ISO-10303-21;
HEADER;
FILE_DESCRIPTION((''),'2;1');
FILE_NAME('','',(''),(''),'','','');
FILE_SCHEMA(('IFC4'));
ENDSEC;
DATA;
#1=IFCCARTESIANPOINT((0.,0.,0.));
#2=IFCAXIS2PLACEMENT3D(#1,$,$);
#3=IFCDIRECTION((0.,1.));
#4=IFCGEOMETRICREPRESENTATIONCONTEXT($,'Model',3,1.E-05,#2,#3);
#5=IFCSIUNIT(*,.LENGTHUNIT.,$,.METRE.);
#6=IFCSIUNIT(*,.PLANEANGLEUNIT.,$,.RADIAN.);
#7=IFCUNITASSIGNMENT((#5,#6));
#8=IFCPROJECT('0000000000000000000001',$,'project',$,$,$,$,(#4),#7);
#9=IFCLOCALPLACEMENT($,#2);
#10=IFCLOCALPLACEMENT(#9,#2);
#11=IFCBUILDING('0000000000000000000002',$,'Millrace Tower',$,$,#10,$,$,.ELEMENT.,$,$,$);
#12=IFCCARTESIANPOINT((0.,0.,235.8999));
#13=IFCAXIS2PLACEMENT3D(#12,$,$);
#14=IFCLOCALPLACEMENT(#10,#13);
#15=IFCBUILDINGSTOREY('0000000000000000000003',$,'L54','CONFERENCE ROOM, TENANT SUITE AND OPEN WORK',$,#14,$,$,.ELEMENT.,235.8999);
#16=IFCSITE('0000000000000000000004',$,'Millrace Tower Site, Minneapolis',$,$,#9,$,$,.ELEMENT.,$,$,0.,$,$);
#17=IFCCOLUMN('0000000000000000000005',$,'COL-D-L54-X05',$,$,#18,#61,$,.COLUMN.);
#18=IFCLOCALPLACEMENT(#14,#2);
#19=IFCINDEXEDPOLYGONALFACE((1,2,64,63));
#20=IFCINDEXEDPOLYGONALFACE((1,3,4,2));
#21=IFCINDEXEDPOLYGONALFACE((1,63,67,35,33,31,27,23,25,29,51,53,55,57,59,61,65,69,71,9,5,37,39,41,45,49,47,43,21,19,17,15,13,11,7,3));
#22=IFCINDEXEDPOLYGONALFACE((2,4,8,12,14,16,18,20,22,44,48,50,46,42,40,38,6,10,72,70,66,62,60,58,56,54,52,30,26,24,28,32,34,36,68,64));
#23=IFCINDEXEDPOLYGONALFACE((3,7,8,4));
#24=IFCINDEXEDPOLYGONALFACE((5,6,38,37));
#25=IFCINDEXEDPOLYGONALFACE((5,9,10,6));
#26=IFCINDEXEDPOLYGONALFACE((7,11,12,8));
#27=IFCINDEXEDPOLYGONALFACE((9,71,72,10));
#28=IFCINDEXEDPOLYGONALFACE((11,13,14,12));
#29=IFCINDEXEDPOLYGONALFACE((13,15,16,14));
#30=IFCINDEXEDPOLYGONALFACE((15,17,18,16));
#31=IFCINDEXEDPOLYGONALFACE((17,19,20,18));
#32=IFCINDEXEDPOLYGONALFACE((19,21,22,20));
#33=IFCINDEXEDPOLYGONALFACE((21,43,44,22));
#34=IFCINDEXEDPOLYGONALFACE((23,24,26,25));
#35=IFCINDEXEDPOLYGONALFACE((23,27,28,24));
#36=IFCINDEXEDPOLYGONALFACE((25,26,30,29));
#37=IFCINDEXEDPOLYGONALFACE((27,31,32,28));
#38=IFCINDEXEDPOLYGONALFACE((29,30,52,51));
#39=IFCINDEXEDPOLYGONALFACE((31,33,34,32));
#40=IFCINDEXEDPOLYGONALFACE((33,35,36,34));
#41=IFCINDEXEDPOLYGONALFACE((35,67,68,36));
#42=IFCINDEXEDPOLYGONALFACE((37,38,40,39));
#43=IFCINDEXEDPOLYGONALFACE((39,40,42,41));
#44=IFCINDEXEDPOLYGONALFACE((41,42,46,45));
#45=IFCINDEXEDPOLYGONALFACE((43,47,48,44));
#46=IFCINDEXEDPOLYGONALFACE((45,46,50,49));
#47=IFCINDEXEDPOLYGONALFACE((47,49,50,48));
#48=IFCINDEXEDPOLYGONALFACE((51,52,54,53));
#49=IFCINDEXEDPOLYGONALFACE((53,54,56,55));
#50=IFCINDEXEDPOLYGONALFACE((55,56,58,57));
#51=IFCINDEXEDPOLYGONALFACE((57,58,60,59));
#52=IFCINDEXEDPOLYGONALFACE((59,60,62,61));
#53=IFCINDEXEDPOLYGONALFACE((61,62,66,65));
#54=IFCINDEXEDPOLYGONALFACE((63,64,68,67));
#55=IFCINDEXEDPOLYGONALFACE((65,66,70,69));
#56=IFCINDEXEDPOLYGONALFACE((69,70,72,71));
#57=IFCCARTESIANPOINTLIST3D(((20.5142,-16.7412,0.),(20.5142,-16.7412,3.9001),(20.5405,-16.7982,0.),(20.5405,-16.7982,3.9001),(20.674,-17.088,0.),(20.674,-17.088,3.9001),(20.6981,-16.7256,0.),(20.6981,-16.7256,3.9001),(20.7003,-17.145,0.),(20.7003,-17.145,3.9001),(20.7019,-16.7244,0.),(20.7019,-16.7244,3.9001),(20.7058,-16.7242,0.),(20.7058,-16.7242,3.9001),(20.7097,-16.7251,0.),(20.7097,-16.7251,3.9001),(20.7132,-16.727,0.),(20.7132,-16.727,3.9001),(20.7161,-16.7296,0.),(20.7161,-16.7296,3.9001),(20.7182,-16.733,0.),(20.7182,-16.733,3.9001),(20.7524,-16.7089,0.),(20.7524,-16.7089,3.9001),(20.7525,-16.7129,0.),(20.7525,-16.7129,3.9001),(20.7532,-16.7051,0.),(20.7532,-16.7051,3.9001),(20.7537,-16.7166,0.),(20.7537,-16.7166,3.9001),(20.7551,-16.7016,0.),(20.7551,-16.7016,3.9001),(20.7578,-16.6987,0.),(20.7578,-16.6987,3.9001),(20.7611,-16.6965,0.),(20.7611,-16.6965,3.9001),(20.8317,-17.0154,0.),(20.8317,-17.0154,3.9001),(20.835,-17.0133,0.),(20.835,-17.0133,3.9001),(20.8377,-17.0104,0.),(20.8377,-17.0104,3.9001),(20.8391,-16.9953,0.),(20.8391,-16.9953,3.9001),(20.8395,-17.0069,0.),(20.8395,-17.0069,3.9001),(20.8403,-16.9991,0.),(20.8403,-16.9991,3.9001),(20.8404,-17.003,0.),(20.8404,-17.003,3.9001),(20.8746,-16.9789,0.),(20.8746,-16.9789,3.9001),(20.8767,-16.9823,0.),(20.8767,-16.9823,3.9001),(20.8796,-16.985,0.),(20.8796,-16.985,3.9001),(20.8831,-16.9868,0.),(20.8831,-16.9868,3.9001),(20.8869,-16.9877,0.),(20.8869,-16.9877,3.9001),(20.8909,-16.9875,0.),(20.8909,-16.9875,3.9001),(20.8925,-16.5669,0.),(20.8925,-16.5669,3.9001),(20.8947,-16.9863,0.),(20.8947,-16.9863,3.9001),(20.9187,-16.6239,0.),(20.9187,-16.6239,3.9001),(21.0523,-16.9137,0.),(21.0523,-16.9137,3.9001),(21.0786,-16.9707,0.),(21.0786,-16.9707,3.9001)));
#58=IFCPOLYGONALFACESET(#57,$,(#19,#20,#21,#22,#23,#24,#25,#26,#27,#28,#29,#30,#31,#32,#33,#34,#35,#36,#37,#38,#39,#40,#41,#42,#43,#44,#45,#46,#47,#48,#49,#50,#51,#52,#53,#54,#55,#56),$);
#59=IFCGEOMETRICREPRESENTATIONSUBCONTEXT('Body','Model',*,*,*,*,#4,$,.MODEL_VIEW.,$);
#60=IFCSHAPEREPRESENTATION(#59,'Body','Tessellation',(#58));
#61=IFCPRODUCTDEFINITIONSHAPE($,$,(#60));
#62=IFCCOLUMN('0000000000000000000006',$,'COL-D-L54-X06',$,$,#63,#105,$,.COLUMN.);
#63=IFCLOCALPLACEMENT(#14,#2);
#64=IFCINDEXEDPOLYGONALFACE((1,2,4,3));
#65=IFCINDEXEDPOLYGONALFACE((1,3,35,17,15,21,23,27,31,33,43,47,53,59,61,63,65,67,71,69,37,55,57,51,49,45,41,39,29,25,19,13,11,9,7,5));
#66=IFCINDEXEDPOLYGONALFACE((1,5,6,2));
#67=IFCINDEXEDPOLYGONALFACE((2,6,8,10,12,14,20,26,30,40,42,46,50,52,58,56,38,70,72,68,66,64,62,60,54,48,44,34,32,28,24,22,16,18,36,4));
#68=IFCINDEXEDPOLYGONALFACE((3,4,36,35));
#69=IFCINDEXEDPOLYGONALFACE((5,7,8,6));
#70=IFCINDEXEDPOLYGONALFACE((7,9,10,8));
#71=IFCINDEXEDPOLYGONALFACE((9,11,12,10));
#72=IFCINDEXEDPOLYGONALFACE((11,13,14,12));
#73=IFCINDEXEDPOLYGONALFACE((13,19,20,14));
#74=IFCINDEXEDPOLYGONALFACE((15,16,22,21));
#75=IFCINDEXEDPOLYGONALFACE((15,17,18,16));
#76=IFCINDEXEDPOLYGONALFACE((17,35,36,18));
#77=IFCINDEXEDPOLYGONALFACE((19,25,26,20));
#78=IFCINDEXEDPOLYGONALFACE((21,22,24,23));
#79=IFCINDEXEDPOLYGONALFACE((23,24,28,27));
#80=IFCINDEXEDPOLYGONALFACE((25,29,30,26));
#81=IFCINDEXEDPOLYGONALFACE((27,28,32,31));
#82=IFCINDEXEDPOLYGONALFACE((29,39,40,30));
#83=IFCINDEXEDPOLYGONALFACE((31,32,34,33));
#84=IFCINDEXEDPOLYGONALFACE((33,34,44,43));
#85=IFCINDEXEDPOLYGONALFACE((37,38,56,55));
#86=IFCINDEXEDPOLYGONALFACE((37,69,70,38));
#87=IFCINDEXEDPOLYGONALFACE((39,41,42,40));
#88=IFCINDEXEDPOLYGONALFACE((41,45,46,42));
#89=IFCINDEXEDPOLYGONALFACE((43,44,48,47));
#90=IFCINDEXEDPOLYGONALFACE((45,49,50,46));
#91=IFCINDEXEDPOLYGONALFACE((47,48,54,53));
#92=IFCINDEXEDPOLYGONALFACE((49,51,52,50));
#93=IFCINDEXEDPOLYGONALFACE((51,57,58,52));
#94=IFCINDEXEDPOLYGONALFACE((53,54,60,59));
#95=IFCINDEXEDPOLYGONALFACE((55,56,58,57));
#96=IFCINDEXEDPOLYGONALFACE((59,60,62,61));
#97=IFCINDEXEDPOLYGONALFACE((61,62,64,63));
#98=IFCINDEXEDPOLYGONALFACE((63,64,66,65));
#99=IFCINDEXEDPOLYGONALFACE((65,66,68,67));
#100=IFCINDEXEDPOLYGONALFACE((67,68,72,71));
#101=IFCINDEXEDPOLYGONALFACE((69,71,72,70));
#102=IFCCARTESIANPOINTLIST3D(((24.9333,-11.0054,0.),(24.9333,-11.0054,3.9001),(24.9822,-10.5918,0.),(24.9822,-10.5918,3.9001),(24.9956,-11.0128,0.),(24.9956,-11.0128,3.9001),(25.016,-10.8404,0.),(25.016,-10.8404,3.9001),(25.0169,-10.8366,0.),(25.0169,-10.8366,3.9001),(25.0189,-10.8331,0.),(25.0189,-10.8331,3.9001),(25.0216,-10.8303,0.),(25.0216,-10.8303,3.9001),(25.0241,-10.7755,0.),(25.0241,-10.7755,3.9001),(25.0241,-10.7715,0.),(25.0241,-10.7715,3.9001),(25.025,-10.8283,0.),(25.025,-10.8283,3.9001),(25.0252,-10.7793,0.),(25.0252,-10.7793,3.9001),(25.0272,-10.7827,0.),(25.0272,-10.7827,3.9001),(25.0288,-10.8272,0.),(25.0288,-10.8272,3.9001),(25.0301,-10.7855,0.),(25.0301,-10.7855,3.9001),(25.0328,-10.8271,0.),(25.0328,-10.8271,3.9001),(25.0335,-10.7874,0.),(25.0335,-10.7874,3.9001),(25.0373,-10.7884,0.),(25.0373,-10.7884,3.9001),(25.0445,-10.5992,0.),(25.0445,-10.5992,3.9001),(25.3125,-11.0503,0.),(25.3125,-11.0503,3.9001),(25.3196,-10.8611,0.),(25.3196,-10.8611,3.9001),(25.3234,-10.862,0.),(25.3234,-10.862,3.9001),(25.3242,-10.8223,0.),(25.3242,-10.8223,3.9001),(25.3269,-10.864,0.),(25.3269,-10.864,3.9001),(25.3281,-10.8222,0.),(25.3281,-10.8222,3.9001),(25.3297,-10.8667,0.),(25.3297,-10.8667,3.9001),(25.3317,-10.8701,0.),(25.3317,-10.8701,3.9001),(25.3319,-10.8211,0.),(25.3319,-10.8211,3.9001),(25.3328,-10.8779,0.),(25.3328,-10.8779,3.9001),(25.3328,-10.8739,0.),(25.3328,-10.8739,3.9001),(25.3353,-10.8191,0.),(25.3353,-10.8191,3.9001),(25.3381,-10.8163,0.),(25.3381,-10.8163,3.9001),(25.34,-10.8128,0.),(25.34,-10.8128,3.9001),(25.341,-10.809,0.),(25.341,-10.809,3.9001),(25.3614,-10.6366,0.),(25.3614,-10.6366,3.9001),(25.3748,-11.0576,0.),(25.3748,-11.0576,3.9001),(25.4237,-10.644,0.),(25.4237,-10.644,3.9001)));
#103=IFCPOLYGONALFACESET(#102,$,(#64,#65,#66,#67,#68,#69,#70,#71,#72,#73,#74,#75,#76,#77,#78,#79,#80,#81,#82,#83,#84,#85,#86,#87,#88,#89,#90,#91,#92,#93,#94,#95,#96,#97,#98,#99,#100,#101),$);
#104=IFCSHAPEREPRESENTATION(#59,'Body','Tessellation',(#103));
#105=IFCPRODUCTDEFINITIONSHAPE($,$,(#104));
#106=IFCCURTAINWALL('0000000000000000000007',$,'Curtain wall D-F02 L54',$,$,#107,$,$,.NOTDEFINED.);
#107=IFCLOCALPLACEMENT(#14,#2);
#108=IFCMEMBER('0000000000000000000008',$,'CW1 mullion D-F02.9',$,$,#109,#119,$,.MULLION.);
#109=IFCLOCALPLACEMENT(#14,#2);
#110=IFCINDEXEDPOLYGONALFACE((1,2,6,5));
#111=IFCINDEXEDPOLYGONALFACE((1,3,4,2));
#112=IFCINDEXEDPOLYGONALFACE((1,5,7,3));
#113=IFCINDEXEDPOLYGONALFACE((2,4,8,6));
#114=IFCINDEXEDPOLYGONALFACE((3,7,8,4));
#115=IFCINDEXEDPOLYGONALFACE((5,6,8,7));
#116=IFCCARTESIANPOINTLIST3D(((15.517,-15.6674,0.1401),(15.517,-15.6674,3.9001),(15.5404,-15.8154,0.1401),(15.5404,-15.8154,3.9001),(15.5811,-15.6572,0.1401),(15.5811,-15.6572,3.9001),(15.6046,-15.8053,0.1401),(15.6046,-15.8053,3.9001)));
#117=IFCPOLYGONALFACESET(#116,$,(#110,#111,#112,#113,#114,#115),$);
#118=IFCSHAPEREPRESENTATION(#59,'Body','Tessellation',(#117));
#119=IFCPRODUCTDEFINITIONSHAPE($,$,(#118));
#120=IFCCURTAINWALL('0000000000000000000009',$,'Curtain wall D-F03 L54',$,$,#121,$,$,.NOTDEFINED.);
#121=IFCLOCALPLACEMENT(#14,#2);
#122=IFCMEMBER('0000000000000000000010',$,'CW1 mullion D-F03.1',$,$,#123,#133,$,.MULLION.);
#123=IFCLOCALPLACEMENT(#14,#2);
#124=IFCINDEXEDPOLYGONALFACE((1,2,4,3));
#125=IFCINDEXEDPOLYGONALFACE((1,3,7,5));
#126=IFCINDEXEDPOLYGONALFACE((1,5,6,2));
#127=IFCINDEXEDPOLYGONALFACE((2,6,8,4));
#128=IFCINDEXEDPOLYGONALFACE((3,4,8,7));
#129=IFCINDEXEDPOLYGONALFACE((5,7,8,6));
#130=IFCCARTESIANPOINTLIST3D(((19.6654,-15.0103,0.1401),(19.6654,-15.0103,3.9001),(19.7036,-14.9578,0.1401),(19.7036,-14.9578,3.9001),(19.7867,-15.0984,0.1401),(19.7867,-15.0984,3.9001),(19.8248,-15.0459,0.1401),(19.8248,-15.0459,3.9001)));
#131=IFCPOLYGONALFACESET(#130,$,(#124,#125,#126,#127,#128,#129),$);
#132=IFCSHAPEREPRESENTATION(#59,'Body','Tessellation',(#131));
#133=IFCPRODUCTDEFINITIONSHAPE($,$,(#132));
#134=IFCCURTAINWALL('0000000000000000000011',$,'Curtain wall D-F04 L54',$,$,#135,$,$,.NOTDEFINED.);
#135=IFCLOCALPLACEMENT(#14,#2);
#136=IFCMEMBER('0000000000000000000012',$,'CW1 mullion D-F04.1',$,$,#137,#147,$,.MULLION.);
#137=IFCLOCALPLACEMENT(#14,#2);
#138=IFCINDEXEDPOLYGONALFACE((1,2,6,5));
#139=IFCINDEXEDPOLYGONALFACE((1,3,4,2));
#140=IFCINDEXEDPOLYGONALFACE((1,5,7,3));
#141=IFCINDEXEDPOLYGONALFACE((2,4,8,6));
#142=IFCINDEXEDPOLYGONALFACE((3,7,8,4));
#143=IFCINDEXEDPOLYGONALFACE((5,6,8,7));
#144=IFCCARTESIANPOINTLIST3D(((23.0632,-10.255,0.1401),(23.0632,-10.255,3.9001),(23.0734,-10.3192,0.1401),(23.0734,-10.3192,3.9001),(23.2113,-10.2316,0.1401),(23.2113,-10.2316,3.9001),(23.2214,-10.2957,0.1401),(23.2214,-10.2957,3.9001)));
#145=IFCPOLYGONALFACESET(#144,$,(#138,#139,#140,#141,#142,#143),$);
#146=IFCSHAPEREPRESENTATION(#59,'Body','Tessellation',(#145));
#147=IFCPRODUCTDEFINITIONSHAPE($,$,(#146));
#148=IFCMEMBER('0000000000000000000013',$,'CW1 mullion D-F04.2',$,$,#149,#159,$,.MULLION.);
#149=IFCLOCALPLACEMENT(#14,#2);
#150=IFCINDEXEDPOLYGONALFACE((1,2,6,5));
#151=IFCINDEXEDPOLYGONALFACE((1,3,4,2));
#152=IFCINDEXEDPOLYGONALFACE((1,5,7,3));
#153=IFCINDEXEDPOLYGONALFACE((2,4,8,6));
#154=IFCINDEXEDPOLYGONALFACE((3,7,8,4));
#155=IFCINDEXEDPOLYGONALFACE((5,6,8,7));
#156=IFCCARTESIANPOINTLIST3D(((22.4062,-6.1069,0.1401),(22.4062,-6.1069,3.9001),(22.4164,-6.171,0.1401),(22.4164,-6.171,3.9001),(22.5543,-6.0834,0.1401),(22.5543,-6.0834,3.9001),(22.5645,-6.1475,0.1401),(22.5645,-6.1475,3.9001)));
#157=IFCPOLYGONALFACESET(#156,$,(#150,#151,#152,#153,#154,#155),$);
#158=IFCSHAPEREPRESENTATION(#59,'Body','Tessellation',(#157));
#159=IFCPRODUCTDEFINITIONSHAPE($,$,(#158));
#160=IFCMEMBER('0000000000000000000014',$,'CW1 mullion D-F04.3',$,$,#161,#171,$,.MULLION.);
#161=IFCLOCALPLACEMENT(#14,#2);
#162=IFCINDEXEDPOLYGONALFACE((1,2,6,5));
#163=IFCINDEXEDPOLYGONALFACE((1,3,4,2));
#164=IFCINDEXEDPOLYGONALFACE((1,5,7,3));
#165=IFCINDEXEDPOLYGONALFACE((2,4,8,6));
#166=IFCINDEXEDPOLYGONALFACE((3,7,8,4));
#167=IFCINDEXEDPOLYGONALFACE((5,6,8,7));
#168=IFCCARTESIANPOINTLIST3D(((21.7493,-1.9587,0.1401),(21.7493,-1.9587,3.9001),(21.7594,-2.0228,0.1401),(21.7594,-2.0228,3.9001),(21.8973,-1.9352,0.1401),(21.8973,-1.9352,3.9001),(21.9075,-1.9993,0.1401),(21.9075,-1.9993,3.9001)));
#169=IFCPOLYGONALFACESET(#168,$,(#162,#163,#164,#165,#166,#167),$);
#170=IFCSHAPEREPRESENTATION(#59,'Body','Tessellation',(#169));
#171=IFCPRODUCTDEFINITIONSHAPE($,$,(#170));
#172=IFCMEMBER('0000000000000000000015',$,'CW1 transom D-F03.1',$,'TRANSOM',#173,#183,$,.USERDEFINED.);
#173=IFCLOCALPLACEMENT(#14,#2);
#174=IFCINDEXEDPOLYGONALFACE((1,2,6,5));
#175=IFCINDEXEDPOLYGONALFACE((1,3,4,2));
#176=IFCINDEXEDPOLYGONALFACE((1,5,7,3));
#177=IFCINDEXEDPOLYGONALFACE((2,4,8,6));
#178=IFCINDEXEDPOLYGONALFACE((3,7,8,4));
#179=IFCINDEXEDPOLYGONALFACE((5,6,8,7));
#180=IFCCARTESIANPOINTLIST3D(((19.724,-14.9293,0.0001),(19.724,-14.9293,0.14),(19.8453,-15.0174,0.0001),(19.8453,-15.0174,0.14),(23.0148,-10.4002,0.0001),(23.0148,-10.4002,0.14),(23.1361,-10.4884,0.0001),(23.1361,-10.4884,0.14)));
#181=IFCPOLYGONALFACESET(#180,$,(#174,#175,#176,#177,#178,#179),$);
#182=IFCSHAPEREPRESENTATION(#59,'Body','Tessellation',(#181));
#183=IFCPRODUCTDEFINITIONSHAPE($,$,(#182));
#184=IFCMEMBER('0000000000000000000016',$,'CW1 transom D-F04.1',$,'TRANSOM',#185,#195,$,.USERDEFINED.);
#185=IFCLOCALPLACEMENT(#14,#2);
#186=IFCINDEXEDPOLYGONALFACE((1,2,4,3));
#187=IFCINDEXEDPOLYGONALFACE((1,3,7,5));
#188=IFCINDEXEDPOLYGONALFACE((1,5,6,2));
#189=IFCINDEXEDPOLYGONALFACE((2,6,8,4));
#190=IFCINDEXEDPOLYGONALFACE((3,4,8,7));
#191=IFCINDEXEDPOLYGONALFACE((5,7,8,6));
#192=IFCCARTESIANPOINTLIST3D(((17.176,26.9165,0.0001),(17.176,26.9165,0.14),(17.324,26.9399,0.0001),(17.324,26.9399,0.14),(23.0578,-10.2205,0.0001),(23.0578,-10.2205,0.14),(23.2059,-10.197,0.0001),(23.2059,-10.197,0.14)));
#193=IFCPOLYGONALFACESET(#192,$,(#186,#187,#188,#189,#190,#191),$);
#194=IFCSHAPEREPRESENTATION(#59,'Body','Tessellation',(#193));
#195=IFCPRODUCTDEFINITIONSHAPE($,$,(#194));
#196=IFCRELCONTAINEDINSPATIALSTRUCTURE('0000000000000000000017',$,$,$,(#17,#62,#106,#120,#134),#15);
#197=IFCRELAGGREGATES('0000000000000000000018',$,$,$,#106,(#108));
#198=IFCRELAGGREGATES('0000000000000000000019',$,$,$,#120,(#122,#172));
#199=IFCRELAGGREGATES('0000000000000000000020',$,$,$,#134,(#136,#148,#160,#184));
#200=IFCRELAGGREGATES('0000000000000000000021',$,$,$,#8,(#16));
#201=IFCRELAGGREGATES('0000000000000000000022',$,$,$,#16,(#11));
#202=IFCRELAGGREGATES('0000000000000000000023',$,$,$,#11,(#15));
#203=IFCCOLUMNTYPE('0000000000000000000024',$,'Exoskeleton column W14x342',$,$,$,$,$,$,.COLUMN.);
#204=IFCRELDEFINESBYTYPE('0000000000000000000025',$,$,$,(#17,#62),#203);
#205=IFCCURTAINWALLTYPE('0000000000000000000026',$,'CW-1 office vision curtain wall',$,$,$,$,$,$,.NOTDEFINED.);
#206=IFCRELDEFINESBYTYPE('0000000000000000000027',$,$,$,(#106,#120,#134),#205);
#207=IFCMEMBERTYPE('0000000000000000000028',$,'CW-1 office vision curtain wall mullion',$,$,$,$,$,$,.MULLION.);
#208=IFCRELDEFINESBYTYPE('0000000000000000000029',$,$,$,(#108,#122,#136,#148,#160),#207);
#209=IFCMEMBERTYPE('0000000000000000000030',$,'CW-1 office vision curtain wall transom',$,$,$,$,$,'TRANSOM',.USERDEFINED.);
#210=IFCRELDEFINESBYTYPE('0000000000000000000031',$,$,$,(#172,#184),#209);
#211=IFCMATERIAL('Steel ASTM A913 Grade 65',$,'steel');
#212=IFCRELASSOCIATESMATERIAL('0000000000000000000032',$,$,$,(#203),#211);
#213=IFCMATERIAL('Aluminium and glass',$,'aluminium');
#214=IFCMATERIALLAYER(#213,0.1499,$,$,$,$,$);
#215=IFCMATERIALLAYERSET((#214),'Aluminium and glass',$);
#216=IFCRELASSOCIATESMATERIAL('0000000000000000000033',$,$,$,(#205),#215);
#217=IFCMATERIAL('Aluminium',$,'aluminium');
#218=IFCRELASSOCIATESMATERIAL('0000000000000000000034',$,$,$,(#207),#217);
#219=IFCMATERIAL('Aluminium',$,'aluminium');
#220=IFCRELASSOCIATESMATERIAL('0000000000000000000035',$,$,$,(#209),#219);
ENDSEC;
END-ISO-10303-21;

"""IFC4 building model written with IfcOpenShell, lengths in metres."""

from ifc_helpers import new_model, si_unit, direction, frame, origin, origin_2d, place, context, subcontext, project, spatial, rectangle, i_section, extrude, material, layer, layer_set, material_profile, profile_set, type_object, element, aggregate, save


model = new_model("IFC4")

# Units and contexts
model_context = context("Model", 3, precision=1e-05, world=origin(), true_north=direction((0.0, 1.0)))
body_context = subcontext(model_context, "Body", "Model", "MODEL_VIEW")
ifc_project = project(units=[si_unit("LENGTHUNIT", "METRE"), si_unit("PLANEANGLEUNIT", "RADIAN")], contexts=[model_context])

# Site, building, storey
site_placement = place(None, origin())
site = spatial("IfcSite", under=ifc_project, at=site_placement, Name="Millrace Tower Site, Minneapolis", CompositionType="ELEMENT", RefElevation=0.0)
building_placement = place(site_placement, origin())
building = spatial("IfcBuilding", under=site, at=building_placement, Name="Millrace Tower", CompositionType="ELEMENT")
storey_placement = place(building_placement, frame((0.0, 0.0, 235.8999)))
storey = spatial("IfcBuildingStorey", under=building, at=storey_placement, Name="L54", Description="CONFERENCE ROOM, TENANT SUITE AND OPEN WORK", CompositionType="ELEMENT", Elevation=235.8999)

# Columns
ifc_material_1 = material(Name="Steel ASTM A913 Grade 65", Category="steel")
ifc_material_profile_1 = material_profile(ifc_material_1, i_section(OverallWidth=0.4165, OverallDepth=0.4446, WebThickness=0.0391, FlangeThickness=0.0627, FilletRadius=0.0151, at=origin_2d()))
ifc_profile_set_1 = profile_set([ifc_material_profile_1], Name="Steel ASTM A913 Grade 65")
column_type = type_object("IfcColumnType", Name="Exoskeleton column W14x342", PredefinedType="COLUMN", material=ifc_profile_set_1)
for number, where, z_axis, x_axis, name in (
    (1, (20.7964, -16.856, 0.0), (0.0, 0.0, 1.0), (0.908192, 0.418553, 0.0), "COL-D-L54-X05"),
    (2, (25.1785, -10.8247, 0.0), (0.0, 0.0, 1.0), (0.117421, 0.993082, 0.0), "COL-D-L54-X06"),
):
    element("IfcColumn", number, at=place(storey_placement, frame(where, z_axis=z_axis, x_axis=x_axis)), inside=storey, type_object=column_type, Name=name, PredefinedType="COLUMN", context=body_context, shape_type="SweptSolid", body=[
        extrude(i_section(OverallWidth=0.4165, OverallDepth=0.4446, WebThickness=0.0391, FlangeThickness=0.0627, FilletRadius=0.0151, at=origin_2d()), origin(), (0.0, 0.0, 1.0), 3.9001),
    ])

# Curtain walls, members
ifc_material_2 = material(Name="Aluminium and glass", Category="aluminium")
ifc_layer_1 = layer(ifc_material_2, 0.1499)
ifc_layer_set_1 = layer_set([ifc_layer_1], Name="Aluminium and glass")
curtain_wall_type = type_object("IfcCurtainWallType", Name="CW-1 office vision curtain wall", PredefinedType="NOTDEFINED", material=ifc_layer_set_1)
placement = place(storey_placement, origin())
curtain_wall_1 = element("IfcCurtainWall", 3, at=placement, inside=storey, type_object=curtain_wall_type, Name="Curtain wall D-F02 L54", PredefinedType="NOTDEFINED")
ifc_material_3 = material(Name="Aluminium", Category="aluminium")
ifc_material_profile_2 = material_profile(ifc_material_3, rectangle(XDim=0.0649, YDim=0.1499, at=origin_2d()))
ifc_profile_set_2 = profile_set([ifc_material_profile_2], Name="Aluminium")
member_type_1 = type_object("IfcMemberType", Name="CW-1 office vision curtain wall mullion", PredefinedType="MULLION", material=ifc_profile_set_2)
member_1_placement = place(storey_placement, frame((15.5608, -15.7363, 0.1401), z_axis=(0.0, 0.0, 1.0), x_axis=(0.987688, 0.156434, 0.0)))
member_1 = element("IfcMember", 4, at=member_1_placement, type_object=member_type_1, Name="CW1 mullion D-F02.9", PredefinedType="MULLION", context=body_context, shape_type="SweptSolid", body=[
    extrude(rectangle(XDim=0.0649, YDim=0.1499, at=origin_2d()), origin(), (0.0, 0.0, 1.0), 3.76),
])
aggregate(curtain_wall_1, [member_1])
curtain_wall_2 = element("IfcCurtainWall", 5, at=placement, inside=storey, type_object=curtain_wall_type, Name="Curtain wall D-F03 L54", PredefinedType="NOTDEFINED")
member_2_placement = place(storey_placement, frame((19.7451, -15.0281, 0.1401), z_axis=(0.0, 0.0, 1.0), x_axis=(0.587785, 0.809017, 0.0)))
member_2 = element("IfcMember", 6, at=member_2_placement, type_object=member_type_1, Name="CW1 mullion D-F03.1", PredefinedType="MULLION", context=body_context, shape_type="SweptSolid", body=[
    extrude(rectangle(XDim=0.0649, YDim=0.1499, at=origin_2d()), origin(), (0.0, 0.0, 1.0), 3.76),
])

# Curtain wall, members
curtain_wall_3 = element("IfcCurtainWall", 7, at=placement, inside=storey, type_object=curtain_wall_type, Name="Curtain wall D-F04 L54", PredefinedType="NOTDEFINED")
member_3_placement = place(storey_placement, frame((23.1423, -10.2754, 0.1401), z_axis=(0.0, 0.0, 1.0), x_axis=(-0.156434, 0.987688, 0.0)))
member_3 = element("IfcMember", 8, at=member_3_placement, type_object=member_type_1, Name="CW1 mullion D-F04.1", PredefinedType="MULLION", context=body_context, shape_type="SweptSolid", body=[
    extrude(rectangle(XDim=0.0649, YDim=0.1499, at=origin_2d()), origin(), (0.0, 0.0, 1.0), 3.76),
])
member_4_placement = place(storey_placement, frame((22.4854, -6.1272, 0.1401), z_axis=(0.0, 0.0, 1.0), x_axis=(-0.156434, 0.987688, 0.0)))
member_4 = element("IfcMember", 9, at=member_4_placement, type_object=member_type_1, Name="CW1 mullion D-F04.2", PredefinedType="MULLION", context=body_context, shape_type="SweptSolid", body=[
    extrude(rectangle(XDim=0.0649, YDim=0.1499, at=origin_2d()), origin(), (0.0, 0.0, 1.0), 3.76),
])
member_5_placement = place(storey_placement, frame((21.8284, -1.979, 0.1401), z_axis=(0.0, 0.0, 1.0), x_axis=(-0.156434, 0.987688, 0.0)))
member_5 = element("IfcMember", 10, at=member_5_placement, type_object=member_type_1, Name="CW1 mullion D-F04.3", PredefinedType="MULLION", context=body_context, shape_type="SweptSolid", body=[
    extrude(rectangle(XDim=0.0649, YDim=0.1499, at=origin_2d()), origin(), (0.0, 0.0, 1.0), 3.76),
])

# Members
ifc_material_4 = material(Name="Aluminium", Category="aluminium")
ifc_material_profile_3 = material_profile(ifc_material_4, rectangle(XDim=0.1499, YDim=0.1399, at=origin_2d()))
ifc_profile_set_3 = profile_set([ifc_material_profile_3], Name="Aluminium")
member_type_2 = type_object("IfcMemberType", Name="CW-1 office vision curtain wall transom", ElementType="TRANSOM", PredefinedType="USERDEFINED", material=ifc_profile_set_3)
member_6_placement = place(storey_placement, frame((19.7847, -14.9734, 0.0701), z_axis=(0.587811, 0.808998, 0.0), x_axis=(-0.808998, 0.587811, 0.0)))
member_6 = element("IfcMember", 11, at=member_6_placement, type_object=member_type_2, Name="CW1 transom D-F03.1", ObjectType="TRANSOM", PredefinedType="USERDEFINED", context=body_context, shape_type="SweptSolid", body=[
    extrude(rectangle(XDim=0.1499, YDim=0.1399, at=origin_2d()), origin(), (0.0, 0.0, 1.0), 5.5984),
])
aggregate(curtain_wall_2, [member_2, member_6])
member_7_placement = place(storey_placement, frame((23.1318, -10.2087, 0.0701), z_axis=(-0.156432, 0.987689, 0.0), x_axis=(-0.987689, -0.156432, 0.0)))
member_7 = element("IfcMember", 12, at=member_7_placement, type_object=member_type_2, Name="CW1 transom D-F04.1", ObjectType="TRANSOM", PredefinedType="USERDEFINED", context=body_context, shape_type="SweptSolid", body=[
    extrude(rectangle(XDim=0.1499, YDim=0.1399, at=origin_2d()), origin(), (0.0, 0.0, 1.0), 37.5999),
])
aggregate(curtain_wall_3, [member_3, member_4, member_5, member_7])

save(model, "model.ifc")
